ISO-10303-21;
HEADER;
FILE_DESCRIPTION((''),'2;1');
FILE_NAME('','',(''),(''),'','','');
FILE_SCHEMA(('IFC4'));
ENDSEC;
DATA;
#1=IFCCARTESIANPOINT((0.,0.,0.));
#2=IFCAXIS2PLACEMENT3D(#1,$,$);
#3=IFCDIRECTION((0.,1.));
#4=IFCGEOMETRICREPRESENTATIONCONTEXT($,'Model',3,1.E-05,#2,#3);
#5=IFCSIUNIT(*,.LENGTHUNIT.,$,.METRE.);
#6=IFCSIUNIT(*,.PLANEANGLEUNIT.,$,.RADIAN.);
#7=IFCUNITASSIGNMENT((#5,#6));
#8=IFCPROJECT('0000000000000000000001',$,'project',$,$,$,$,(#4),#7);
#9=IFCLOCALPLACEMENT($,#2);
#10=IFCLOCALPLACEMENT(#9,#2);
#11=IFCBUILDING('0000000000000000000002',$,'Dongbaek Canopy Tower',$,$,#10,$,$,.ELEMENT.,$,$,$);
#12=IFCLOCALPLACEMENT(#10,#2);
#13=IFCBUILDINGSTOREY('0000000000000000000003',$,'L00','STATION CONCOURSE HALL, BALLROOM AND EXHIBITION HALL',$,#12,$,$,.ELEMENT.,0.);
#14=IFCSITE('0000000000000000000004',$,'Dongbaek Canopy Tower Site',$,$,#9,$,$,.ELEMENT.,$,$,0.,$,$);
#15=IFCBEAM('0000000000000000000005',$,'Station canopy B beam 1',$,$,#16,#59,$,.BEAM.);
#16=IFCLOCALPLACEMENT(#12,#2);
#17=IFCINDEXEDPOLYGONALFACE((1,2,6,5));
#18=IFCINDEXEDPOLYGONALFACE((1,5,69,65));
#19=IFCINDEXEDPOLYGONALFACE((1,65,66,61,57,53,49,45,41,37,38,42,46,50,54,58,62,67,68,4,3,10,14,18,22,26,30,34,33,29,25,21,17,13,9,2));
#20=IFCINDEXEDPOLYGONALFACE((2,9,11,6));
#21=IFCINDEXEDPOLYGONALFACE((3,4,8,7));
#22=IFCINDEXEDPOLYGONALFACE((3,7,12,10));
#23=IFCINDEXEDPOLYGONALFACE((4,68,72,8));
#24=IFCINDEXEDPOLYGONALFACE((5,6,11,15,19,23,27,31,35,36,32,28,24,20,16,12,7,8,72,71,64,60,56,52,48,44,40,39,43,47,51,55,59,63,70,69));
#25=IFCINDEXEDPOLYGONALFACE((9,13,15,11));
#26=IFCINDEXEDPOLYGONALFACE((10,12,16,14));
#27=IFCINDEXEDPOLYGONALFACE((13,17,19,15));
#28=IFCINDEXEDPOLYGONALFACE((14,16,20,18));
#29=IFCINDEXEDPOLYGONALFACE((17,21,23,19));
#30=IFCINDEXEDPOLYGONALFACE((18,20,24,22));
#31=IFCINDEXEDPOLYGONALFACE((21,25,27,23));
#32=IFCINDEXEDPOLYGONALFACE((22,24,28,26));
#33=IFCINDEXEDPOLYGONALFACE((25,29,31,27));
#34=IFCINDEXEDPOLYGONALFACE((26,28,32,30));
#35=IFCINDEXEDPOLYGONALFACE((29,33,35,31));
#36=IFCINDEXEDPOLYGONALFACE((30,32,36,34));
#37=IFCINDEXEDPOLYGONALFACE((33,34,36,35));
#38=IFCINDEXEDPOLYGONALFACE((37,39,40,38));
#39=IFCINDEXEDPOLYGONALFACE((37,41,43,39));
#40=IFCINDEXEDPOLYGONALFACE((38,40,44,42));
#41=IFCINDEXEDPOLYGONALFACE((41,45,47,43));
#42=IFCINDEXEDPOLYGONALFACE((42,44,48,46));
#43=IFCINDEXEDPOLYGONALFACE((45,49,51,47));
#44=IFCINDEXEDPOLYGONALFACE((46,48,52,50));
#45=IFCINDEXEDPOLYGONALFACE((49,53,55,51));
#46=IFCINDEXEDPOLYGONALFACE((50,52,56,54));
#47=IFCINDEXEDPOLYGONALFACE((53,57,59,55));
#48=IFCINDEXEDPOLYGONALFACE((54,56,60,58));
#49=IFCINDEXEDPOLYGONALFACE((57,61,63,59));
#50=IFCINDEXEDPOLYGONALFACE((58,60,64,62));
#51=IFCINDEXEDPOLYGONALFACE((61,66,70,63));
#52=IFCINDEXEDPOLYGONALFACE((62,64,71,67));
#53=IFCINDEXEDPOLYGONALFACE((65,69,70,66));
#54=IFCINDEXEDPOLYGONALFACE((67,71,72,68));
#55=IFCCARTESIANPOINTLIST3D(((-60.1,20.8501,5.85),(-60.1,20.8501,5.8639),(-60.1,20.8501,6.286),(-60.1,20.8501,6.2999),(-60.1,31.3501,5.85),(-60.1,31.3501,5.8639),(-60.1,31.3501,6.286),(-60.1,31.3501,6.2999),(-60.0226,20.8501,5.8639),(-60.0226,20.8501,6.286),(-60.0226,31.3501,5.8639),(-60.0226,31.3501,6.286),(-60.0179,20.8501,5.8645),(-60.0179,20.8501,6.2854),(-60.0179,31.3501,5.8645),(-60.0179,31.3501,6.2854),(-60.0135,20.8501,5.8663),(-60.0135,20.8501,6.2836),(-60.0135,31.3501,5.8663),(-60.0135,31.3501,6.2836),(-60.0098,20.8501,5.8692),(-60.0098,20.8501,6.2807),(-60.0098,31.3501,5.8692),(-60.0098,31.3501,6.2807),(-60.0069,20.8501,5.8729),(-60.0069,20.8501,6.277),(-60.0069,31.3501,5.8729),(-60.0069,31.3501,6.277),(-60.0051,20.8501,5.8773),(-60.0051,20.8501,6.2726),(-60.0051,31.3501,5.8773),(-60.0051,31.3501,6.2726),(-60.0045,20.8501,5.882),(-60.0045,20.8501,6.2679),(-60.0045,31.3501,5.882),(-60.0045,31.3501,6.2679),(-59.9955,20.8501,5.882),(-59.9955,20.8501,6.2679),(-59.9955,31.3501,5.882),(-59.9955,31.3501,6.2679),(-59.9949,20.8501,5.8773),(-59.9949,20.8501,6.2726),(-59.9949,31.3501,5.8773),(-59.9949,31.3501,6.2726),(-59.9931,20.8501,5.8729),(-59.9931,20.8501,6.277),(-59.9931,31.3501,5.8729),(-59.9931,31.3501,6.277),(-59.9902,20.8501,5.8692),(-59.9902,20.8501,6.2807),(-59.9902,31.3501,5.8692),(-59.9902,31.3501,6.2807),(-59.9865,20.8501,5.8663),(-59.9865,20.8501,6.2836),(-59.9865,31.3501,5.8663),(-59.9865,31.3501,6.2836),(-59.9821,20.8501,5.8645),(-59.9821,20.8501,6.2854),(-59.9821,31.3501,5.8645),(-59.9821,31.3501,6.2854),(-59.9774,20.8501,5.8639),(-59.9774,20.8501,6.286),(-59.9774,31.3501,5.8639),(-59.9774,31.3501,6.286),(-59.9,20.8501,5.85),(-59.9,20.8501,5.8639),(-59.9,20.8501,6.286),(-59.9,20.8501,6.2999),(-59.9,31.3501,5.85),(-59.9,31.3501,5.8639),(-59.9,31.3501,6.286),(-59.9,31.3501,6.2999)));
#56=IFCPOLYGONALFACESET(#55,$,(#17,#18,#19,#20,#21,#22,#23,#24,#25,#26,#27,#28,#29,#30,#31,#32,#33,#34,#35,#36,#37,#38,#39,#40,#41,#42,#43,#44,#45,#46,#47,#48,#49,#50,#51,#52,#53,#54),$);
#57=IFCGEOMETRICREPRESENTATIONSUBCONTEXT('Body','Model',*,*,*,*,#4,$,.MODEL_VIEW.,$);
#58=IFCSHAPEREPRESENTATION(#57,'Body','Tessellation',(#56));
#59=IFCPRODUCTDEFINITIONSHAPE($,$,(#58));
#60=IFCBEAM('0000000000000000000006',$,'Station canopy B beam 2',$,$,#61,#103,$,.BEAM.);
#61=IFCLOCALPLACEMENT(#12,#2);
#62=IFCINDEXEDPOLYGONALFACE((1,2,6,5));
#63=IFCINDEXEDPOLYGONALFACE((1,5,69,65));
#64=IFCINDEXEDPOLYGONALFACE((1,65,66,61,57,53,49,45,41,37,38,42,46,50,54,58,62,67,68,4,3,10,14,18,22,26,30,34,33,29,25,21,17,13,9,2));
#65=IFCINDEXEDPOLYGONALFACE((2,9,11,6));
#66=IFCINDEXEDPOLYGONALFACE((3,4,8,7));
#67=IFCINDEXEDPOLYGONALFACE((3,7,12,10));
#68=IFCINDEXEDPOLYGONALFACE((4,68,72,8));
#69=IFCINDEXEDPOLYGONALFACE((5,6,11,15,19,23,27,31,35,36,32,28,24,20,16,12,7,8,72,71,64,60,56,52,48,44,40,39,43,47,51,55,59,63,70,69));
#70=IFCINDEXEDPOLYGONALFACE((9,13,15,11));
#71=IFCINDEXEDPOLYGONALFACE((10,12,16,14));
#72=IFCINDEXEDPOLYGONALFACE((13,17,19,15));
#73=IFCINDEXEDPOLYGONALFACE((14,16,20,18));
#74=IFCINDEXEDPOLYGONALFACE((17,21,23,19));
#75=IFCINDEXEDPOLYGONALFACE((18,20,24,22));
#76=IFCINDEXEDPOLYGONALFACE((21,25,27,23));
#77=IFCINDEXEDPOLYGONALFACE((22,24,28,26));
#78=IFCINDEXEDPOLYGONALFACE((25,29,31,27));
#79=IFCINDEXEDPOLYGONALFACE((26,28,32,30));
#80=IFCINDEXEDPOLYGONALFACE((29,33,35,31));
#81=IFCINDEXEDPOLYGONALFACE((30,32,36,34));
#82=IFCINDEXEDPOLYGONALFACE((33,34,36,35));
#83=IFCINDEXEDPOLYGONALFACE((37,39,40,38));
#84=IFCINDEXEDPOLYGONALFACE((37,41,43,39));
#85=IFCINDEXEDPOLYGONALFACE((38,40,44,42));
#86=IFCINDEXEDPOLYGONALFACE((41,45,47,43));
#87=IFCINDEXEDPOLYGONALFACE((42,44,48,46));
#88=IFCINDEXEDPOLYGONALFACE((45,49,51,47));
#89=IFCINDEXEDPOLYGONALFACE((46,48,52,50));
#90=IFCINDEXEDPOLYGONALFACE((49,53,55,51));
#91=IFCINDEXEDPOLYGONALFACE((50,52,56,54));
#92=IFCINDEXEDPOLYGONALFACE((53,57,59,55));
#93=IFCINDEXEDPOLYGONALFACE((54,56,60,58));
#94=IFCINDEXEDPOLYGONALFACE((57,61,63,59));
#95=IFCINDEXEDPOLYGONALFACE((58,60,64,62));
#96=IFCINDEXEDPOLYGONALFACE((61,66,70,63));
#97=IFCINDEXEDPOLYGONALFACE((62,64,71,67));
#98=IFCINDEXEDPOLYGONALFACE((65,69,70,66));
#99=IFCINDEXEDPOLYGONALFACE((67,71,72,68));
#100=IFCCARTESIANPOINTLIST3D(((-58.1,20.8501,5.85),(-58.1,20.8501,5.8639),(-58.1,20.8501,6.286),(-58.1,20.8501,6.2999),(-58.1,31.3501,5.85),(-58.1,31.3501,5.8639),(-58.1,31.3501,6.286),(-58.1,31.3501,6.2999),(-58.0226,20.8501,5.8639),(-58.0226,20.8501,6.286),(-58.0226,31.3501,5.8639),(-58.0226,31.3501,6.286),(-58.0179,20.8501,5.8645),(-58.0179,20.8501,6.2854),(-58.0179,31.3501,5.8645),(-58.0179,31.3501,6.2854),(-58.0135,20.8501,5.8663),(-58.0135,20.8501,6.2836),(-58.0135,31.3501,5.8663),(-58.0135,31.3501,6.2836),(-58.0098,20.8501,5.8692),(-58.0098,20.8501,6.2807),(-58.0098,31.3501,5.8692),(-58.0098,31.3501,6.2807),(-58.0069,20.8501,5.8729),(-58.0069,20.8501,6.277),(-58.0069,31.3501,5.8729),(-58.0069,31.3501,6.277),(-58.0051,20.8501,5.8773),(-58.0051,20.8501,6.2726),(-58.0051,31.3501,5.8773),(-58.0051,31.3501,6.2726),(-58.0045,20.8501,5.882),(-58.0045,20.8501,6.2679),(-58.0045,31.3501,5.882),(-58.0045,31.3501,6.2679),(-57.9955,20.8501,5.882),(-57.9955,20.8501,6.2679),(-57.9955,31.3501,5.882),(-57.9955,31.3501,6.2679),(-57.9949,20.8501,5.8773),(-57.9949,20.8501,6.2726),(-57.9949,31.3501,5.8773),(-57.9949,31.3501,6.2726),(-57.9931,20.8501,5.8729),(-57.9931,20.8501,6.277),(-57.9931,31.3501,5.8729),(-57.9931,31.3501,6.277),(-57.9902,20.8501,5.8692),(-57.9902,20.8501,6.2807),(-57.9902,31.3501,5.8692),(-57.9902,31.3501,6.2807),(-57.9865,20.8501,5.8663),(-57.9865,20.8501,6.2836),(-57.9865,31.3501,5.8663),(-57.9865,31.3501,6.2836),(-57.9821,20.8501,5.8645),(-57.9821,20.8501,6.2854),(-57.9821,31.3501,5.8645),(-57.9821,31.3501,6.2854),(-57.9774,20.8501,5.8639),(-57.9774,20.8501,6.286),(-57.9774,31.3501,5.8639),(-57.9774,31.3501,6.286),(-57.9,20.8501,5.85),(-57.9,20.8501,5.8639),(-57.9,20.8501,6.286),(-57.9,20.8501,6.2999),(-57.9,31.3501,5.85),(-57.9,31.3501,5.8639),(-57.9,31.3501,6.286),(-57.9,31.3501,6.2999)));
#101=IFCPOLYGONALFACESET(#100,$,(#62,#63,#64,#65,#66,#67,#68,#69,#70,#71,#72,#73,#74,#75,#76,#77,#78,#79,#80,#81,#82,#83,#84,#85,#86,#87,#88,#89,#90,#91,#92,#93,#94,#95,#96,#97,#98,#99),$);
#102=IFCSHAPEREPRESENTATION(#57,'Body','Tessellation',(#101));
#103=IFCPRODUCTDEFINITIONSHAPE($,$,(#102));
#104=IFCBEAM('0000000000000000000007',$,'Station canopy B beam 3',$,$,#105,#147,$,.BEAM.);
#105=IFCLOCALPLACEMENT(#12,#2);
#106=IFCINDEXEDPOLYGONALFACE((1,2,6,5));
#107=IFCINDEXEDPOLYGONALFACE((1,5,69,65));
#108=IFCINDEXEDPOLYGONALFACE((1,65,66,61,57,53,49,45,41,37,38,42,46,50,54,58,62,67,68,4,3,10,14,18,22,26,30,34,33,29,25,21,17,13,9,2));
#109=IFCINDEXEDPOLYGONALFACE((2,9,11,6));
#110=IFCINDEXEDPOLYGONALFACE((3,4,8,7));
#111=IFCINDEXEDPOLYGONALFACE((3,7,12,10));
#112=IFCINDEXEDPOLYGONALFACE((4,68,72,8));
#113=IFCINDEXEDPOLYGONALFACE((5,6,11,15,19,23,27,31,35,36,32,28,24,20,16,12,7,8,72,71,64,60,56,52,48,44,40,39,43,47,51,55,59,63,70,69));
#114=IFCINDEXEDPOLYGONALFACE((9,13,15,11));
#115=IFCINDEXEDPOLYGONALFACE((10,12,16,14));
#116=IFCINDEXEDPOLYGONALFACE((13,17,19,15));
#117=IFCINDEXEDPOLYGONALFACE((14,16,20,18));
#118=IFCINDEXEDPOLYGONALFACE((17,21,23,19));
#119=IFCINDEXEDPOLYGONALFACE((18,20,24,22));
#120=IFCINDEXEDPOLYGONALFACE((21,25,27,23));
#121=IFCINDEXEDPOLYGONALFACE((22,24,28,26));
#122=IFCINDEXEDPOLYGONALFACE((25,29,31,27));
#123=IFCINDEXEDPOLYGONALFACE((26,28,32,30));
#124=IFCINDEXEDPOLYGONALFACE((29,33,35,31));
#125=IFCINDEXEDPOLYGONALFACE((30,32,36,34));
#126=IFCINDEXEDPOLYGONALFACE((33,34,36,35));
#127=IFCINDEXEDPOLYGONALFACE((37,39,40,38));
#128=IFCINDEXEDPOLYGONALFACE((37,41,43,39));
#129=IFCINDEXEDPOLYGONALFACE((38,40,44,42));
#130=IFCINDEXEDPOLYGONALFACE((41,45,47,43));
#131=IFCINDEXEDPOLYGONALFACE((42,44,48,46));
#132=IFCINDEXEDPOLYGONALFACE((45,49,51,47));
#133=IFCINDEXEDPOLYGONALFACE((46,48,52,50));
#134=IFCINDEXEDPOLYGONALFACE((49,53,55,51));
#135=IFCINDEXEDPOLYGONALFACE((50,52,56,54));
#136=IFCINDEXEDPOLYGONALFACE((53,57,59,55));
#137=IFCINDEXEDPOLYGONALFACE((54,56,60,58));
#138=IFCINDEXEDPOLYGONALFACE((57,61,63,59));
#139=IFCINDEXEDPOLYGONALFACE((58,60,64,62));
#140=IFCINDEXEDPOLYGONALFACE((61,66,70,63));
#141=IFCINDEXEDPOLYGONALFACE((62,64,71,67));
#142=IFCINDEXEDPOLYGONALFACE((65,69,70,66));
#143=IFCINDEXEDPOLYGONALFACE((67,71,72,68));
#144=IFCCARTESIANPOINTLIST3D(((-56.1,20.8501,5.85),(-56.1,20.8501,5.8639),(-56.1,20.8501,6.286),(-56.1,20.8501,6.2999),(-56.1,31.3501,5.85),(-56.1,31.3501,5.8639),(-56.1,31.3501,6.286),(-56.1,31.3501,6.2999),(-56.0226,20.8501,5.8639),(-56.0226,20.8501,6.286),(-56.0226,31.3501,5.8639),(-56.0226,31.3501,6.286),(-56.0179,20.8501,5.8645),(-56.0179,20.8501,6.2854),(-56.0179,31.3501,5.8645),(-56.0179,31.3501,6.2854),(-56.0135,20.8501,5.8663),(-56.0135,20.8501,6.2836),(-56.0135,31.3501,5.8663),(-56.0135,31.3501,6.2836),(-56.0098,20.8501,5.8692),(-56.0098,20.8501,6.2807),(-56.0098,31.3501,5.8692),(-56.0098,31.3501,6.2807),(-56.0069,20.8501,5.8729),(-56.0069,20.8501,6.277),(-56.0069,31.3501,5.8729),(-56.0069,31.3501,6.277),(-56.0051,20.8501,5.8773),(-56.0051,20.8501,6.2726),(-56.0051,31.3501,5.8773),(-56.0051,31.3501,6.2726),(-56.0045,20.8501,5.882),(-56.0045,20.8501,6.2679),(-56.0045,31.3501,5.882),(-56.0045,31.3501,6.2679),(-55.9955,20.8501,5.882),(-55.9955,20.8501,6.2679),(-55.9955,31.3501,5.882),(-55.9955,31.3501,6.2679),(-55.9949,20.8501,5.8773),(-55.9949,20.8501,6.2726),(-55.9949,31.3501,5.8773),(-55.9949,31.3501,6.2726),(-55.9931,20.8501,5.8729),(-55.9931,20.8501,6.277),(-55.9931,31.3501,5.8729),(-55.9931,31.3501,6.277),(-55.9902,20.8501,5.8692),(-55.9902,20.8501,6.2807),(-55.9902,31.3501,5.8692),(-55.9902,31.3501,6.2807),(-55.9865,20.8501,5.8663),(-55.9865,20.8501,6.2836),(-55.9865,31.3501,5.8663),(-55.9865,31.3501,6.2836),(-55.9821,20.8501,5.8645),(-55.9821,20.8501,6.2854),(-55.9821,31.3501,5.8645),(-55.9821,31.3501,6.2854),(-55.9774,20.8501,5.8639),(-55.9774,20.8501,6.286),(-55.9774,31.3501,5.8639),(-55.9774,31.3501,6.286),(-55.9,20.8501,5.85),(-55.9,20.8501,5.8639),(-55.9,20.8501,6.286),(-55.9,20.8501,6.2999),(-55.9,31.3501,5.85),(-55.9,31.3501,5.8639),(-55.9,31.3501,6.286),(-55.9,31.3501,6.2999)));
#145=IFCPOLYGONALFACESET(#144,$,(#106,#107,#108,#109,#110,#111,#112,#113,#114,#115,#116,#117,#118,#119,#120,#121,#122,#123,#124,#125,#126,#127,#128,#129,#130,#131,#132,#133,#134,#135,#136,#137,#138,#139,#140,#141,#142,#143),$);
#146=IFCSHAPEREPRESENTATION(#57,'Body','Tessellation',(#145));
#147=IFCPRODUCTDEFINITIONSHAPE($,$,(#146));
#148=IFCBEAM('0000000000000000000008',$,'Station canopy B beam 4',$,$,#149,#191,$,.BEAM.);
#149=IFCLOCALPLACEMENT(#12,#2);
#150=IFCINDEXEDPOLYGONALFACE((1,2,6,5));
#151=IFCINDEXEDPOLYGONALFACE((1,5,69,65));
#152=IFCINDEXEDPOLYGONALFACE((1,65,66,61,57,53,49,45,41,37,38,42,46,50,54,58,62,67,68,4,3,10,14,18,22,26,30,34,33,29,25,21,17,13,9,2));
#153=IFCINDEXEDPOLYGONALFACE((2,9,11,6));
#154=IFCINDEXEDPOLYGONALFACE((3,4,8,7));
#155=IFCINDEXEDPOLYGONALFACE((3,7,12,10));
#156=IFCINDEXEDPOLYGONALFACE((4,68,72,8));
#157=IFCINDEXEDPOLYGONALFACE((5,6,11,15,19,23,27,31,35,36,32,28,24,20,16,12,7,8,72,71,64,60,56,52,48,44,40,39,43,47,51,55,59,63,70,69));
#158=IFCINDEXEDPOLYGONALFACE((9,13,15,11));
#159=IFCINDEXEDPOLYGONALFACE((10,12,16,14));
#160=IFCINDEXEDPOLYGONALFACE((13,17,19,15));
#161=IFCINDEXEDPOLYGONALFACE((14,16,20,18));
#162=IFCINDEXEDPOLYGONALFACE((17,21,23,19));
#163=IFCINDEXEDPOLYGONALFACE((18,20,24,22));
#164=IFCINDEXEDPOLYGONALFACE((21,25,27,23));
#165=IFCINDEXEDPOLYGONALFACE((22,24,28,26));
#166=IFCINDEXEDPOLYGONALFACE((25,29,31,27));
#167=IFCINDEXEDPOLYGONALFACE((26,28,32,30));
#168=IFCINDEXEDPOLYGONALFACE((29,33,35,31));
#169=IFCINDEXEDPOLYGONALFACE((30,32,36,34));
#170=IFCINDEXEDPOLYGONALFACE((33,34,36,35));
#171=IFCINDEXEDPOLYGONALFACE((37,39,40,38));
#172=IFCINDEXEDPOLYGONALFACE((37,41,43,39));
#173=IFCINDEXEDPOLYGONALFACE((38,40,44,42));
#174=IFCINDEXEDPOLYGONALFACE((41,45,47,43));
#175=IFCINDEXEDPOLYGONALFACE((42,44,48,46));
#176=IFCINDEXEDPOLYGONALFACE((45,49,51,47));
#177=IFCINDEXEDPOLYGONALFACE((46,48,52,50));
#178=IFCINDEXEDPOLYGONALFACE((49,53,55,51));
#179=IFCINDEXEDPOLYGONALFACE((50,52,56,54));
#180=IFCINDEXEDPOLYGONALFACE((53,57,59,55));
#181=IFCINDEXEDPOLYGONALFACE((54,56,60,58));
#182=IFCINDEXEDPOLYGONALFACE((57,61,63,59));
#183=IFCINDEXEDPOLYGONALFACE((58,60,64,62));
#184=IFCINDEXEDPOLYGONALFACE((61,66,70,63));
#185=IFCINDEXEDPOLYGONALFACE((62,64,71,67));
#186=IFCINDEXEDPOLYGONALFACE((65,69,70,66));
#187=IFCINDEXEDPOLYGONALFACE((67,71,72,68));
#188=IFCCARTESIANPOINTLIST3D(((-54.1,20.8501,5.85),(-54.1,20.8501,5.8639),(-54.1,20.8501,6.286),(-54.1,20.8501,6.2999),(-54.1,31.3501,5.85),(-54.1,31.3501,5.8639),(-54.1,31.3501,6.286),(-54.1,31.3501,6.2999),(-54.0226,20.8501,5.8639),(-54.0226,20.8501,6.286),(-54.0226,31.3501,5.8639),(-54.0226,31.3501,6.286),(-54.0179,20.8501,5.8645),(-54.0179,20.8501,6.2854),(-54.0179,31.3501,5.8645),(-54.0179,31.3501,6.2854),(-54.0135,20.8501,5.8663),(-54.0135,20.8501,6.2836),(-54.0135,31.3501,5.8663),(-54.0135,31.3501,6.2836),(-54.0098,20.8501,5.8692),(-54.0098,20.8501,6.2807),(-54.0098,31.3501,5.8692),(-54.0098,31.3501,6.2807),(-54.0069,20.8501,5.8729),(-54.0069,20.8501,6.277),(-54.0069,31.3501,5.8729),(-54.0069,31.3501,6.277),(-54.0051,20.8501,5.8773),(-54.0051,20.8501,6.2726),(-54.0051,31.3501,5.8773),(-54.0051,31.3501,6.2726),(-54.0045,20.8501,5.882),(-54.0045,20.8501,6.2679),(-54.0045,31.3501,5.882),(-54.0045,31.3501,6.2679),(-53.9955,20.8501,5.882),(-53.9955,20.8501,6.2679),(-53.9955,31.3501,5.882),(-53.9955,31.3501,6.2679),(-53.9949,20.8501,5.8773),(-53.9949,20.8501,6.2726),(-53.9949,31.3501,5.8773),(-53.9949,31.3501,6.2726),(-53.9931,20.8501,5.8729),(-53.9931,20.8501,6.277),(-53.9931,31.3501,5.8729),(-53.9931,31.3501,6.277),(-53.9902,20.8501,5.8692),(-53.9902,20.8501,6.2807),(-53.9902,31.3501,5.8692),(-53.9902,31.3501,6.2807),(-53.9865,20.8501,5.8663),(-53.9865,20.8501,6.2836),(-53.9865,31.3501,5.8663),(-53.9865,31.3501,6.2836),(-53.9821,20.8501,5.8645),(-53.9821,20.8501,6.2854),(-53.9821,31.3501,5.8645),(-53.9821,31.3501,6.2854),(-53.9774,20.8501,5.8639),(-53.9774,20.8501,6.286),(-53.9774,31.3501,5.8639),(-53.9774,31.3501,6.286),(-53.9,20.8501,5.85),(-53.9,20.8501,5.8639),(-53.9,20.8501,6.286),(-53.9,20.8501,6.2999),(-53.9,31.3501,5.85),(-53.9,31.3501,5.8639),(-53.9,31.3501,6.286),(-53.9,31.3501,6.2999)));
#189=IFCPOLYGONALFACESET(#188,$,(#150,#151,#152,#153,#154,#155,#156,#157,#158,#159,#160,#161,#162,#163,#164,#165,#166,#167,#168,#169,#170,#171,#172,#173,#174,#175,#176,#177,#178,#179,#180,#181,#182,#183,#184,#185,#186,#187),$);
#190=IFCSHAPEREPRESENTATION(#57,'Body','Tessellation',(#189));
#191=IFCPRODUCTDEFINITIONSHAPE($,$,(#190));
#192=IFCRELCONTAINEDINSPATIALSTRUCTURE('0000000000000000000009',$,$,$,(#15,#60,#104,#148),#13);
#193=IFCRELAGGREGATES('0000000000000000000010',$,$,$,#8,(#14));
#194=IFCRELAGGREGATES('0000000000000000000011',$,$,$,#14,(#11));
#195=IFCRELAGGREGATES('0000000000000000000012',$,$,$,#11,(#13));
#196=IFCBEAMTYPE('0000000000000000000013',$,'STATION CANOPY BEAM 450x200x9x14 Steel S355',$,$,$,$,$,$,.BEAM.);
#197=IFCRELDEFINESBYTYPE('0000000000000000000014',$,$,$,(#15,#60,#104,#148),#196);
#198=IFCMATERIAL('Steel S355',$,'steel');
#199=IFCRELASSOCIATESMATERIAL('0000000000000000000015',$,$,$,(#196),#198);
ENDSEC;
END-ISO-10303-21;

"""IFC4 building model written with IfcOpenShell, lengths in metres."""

from ifc_helpers import new_model, si_unit, direction, frame, origin, origin_2d, place, context, subcontext, project, spatial, i_section, extrude, material, material_profile, profile_set, type_object, element, save


model = new_model("IFC4")

# Units and contexts
model_context = context("Model", 3, precision=1e-05, world=origin(), true_north=direction((0.0, 1.0)))
body_context = subcontext(model_context, "Body", "Model", "MODEL_VIEW")
ifc_project = project(units=[si_unit("LENGTHUNIT", "METRE"), si_unit("PLANEANGLEUNIT", "RADIAN")], contexts=[model_context])

# Site, building, storey
site_placement = place(None, origin())
site = spatial("IfcSite", under=ifc_project, at=site_placement, Name="Dongbaek Canopy Tower Site", CompositionType="ELEMENT", RefElevation=0.0)
building_placement = place(site_placement, origin())
building = spatial("IfcBuilding", under=site, at=building_placement, Name="Dongbaek Canopy Tower", CompositionType="ELEMENT")
storey_placement = place(building_placement, origin())
storey = spatial("IfcBuildingStorey", under=building, at=storey_placement, Name="L00", Description="STATION CONCOURSE HALL, BALLROOM AND EXHIBITION HALL", CompositionType="ELEMENT", Elevation=0.0)

# Beams
ifc_material_1 = material(Name="Steel S355", Category="steel")
ifc_material_profile_1 = material_profile(ifc_material_1, i_section(OverallWidth=0.2, OverallDepth=0.45, WebThickness=0.009, FlangeThickness=0.0139, FilletRadius=0.0181, at=origin_2d()), Name="STATION CANOPY BEAM 450x200x9x14 Steel S355")
ifc_profile_set_1 = profile_set([ifc_material_profile_1], Name="Steel S355")
beam_type_1 = type_object("IfcBeamType", Name="STATION CANOPY BEAM 450x200x9x14 Steel S355", PredefinedType="BEAM", material=ifc_profile_set_1)
for number, where, z_axis, x_axis, name in (
    (1, (-60.0, 20.8501, 6.075), (0.0, 1.0, 0.0), (-1.0, 0.0, 0.0), "Station canopy B beam 1"),
    (2, (-58.0, 20.8501, 6.075), (0.0, 1.0, 0.0), (-1.0, 0.0, 0.0), "Station canopy B beam 2"),
    (3, (-56.0, 20.8501, 6.075), (0.0, 1.0, 0.0), (-1.0, 0.0, 0.0), "Station canopy B beam 3"),
    (4, (-54.0, 20.8501, 6.075), (0.0, 1.0, 0.0), (-1.0, 0.0, 0.0), "Station canopy B beam 4"),
):
    element("IfcBeam", number, at=place(storey_placement, frame(where, z_axis=z_axis, x_axis=x_axis)), inside=storey, type_object=beam_type_1, Name=name, PredefinedType="BEAM", context=body_context, shape_type="SweptSolid", body=[
        extrude(i_section(OverallWidth=0.2, OverallDepth=0.45, WebThickness=0.009, FlangeThickness=0.0139, FilletRadius=0.0181, at=origin_2d()), origin(), (0.0, 0.0, 1.0), 10.5),
    ])

save(model, "model.ifc")
